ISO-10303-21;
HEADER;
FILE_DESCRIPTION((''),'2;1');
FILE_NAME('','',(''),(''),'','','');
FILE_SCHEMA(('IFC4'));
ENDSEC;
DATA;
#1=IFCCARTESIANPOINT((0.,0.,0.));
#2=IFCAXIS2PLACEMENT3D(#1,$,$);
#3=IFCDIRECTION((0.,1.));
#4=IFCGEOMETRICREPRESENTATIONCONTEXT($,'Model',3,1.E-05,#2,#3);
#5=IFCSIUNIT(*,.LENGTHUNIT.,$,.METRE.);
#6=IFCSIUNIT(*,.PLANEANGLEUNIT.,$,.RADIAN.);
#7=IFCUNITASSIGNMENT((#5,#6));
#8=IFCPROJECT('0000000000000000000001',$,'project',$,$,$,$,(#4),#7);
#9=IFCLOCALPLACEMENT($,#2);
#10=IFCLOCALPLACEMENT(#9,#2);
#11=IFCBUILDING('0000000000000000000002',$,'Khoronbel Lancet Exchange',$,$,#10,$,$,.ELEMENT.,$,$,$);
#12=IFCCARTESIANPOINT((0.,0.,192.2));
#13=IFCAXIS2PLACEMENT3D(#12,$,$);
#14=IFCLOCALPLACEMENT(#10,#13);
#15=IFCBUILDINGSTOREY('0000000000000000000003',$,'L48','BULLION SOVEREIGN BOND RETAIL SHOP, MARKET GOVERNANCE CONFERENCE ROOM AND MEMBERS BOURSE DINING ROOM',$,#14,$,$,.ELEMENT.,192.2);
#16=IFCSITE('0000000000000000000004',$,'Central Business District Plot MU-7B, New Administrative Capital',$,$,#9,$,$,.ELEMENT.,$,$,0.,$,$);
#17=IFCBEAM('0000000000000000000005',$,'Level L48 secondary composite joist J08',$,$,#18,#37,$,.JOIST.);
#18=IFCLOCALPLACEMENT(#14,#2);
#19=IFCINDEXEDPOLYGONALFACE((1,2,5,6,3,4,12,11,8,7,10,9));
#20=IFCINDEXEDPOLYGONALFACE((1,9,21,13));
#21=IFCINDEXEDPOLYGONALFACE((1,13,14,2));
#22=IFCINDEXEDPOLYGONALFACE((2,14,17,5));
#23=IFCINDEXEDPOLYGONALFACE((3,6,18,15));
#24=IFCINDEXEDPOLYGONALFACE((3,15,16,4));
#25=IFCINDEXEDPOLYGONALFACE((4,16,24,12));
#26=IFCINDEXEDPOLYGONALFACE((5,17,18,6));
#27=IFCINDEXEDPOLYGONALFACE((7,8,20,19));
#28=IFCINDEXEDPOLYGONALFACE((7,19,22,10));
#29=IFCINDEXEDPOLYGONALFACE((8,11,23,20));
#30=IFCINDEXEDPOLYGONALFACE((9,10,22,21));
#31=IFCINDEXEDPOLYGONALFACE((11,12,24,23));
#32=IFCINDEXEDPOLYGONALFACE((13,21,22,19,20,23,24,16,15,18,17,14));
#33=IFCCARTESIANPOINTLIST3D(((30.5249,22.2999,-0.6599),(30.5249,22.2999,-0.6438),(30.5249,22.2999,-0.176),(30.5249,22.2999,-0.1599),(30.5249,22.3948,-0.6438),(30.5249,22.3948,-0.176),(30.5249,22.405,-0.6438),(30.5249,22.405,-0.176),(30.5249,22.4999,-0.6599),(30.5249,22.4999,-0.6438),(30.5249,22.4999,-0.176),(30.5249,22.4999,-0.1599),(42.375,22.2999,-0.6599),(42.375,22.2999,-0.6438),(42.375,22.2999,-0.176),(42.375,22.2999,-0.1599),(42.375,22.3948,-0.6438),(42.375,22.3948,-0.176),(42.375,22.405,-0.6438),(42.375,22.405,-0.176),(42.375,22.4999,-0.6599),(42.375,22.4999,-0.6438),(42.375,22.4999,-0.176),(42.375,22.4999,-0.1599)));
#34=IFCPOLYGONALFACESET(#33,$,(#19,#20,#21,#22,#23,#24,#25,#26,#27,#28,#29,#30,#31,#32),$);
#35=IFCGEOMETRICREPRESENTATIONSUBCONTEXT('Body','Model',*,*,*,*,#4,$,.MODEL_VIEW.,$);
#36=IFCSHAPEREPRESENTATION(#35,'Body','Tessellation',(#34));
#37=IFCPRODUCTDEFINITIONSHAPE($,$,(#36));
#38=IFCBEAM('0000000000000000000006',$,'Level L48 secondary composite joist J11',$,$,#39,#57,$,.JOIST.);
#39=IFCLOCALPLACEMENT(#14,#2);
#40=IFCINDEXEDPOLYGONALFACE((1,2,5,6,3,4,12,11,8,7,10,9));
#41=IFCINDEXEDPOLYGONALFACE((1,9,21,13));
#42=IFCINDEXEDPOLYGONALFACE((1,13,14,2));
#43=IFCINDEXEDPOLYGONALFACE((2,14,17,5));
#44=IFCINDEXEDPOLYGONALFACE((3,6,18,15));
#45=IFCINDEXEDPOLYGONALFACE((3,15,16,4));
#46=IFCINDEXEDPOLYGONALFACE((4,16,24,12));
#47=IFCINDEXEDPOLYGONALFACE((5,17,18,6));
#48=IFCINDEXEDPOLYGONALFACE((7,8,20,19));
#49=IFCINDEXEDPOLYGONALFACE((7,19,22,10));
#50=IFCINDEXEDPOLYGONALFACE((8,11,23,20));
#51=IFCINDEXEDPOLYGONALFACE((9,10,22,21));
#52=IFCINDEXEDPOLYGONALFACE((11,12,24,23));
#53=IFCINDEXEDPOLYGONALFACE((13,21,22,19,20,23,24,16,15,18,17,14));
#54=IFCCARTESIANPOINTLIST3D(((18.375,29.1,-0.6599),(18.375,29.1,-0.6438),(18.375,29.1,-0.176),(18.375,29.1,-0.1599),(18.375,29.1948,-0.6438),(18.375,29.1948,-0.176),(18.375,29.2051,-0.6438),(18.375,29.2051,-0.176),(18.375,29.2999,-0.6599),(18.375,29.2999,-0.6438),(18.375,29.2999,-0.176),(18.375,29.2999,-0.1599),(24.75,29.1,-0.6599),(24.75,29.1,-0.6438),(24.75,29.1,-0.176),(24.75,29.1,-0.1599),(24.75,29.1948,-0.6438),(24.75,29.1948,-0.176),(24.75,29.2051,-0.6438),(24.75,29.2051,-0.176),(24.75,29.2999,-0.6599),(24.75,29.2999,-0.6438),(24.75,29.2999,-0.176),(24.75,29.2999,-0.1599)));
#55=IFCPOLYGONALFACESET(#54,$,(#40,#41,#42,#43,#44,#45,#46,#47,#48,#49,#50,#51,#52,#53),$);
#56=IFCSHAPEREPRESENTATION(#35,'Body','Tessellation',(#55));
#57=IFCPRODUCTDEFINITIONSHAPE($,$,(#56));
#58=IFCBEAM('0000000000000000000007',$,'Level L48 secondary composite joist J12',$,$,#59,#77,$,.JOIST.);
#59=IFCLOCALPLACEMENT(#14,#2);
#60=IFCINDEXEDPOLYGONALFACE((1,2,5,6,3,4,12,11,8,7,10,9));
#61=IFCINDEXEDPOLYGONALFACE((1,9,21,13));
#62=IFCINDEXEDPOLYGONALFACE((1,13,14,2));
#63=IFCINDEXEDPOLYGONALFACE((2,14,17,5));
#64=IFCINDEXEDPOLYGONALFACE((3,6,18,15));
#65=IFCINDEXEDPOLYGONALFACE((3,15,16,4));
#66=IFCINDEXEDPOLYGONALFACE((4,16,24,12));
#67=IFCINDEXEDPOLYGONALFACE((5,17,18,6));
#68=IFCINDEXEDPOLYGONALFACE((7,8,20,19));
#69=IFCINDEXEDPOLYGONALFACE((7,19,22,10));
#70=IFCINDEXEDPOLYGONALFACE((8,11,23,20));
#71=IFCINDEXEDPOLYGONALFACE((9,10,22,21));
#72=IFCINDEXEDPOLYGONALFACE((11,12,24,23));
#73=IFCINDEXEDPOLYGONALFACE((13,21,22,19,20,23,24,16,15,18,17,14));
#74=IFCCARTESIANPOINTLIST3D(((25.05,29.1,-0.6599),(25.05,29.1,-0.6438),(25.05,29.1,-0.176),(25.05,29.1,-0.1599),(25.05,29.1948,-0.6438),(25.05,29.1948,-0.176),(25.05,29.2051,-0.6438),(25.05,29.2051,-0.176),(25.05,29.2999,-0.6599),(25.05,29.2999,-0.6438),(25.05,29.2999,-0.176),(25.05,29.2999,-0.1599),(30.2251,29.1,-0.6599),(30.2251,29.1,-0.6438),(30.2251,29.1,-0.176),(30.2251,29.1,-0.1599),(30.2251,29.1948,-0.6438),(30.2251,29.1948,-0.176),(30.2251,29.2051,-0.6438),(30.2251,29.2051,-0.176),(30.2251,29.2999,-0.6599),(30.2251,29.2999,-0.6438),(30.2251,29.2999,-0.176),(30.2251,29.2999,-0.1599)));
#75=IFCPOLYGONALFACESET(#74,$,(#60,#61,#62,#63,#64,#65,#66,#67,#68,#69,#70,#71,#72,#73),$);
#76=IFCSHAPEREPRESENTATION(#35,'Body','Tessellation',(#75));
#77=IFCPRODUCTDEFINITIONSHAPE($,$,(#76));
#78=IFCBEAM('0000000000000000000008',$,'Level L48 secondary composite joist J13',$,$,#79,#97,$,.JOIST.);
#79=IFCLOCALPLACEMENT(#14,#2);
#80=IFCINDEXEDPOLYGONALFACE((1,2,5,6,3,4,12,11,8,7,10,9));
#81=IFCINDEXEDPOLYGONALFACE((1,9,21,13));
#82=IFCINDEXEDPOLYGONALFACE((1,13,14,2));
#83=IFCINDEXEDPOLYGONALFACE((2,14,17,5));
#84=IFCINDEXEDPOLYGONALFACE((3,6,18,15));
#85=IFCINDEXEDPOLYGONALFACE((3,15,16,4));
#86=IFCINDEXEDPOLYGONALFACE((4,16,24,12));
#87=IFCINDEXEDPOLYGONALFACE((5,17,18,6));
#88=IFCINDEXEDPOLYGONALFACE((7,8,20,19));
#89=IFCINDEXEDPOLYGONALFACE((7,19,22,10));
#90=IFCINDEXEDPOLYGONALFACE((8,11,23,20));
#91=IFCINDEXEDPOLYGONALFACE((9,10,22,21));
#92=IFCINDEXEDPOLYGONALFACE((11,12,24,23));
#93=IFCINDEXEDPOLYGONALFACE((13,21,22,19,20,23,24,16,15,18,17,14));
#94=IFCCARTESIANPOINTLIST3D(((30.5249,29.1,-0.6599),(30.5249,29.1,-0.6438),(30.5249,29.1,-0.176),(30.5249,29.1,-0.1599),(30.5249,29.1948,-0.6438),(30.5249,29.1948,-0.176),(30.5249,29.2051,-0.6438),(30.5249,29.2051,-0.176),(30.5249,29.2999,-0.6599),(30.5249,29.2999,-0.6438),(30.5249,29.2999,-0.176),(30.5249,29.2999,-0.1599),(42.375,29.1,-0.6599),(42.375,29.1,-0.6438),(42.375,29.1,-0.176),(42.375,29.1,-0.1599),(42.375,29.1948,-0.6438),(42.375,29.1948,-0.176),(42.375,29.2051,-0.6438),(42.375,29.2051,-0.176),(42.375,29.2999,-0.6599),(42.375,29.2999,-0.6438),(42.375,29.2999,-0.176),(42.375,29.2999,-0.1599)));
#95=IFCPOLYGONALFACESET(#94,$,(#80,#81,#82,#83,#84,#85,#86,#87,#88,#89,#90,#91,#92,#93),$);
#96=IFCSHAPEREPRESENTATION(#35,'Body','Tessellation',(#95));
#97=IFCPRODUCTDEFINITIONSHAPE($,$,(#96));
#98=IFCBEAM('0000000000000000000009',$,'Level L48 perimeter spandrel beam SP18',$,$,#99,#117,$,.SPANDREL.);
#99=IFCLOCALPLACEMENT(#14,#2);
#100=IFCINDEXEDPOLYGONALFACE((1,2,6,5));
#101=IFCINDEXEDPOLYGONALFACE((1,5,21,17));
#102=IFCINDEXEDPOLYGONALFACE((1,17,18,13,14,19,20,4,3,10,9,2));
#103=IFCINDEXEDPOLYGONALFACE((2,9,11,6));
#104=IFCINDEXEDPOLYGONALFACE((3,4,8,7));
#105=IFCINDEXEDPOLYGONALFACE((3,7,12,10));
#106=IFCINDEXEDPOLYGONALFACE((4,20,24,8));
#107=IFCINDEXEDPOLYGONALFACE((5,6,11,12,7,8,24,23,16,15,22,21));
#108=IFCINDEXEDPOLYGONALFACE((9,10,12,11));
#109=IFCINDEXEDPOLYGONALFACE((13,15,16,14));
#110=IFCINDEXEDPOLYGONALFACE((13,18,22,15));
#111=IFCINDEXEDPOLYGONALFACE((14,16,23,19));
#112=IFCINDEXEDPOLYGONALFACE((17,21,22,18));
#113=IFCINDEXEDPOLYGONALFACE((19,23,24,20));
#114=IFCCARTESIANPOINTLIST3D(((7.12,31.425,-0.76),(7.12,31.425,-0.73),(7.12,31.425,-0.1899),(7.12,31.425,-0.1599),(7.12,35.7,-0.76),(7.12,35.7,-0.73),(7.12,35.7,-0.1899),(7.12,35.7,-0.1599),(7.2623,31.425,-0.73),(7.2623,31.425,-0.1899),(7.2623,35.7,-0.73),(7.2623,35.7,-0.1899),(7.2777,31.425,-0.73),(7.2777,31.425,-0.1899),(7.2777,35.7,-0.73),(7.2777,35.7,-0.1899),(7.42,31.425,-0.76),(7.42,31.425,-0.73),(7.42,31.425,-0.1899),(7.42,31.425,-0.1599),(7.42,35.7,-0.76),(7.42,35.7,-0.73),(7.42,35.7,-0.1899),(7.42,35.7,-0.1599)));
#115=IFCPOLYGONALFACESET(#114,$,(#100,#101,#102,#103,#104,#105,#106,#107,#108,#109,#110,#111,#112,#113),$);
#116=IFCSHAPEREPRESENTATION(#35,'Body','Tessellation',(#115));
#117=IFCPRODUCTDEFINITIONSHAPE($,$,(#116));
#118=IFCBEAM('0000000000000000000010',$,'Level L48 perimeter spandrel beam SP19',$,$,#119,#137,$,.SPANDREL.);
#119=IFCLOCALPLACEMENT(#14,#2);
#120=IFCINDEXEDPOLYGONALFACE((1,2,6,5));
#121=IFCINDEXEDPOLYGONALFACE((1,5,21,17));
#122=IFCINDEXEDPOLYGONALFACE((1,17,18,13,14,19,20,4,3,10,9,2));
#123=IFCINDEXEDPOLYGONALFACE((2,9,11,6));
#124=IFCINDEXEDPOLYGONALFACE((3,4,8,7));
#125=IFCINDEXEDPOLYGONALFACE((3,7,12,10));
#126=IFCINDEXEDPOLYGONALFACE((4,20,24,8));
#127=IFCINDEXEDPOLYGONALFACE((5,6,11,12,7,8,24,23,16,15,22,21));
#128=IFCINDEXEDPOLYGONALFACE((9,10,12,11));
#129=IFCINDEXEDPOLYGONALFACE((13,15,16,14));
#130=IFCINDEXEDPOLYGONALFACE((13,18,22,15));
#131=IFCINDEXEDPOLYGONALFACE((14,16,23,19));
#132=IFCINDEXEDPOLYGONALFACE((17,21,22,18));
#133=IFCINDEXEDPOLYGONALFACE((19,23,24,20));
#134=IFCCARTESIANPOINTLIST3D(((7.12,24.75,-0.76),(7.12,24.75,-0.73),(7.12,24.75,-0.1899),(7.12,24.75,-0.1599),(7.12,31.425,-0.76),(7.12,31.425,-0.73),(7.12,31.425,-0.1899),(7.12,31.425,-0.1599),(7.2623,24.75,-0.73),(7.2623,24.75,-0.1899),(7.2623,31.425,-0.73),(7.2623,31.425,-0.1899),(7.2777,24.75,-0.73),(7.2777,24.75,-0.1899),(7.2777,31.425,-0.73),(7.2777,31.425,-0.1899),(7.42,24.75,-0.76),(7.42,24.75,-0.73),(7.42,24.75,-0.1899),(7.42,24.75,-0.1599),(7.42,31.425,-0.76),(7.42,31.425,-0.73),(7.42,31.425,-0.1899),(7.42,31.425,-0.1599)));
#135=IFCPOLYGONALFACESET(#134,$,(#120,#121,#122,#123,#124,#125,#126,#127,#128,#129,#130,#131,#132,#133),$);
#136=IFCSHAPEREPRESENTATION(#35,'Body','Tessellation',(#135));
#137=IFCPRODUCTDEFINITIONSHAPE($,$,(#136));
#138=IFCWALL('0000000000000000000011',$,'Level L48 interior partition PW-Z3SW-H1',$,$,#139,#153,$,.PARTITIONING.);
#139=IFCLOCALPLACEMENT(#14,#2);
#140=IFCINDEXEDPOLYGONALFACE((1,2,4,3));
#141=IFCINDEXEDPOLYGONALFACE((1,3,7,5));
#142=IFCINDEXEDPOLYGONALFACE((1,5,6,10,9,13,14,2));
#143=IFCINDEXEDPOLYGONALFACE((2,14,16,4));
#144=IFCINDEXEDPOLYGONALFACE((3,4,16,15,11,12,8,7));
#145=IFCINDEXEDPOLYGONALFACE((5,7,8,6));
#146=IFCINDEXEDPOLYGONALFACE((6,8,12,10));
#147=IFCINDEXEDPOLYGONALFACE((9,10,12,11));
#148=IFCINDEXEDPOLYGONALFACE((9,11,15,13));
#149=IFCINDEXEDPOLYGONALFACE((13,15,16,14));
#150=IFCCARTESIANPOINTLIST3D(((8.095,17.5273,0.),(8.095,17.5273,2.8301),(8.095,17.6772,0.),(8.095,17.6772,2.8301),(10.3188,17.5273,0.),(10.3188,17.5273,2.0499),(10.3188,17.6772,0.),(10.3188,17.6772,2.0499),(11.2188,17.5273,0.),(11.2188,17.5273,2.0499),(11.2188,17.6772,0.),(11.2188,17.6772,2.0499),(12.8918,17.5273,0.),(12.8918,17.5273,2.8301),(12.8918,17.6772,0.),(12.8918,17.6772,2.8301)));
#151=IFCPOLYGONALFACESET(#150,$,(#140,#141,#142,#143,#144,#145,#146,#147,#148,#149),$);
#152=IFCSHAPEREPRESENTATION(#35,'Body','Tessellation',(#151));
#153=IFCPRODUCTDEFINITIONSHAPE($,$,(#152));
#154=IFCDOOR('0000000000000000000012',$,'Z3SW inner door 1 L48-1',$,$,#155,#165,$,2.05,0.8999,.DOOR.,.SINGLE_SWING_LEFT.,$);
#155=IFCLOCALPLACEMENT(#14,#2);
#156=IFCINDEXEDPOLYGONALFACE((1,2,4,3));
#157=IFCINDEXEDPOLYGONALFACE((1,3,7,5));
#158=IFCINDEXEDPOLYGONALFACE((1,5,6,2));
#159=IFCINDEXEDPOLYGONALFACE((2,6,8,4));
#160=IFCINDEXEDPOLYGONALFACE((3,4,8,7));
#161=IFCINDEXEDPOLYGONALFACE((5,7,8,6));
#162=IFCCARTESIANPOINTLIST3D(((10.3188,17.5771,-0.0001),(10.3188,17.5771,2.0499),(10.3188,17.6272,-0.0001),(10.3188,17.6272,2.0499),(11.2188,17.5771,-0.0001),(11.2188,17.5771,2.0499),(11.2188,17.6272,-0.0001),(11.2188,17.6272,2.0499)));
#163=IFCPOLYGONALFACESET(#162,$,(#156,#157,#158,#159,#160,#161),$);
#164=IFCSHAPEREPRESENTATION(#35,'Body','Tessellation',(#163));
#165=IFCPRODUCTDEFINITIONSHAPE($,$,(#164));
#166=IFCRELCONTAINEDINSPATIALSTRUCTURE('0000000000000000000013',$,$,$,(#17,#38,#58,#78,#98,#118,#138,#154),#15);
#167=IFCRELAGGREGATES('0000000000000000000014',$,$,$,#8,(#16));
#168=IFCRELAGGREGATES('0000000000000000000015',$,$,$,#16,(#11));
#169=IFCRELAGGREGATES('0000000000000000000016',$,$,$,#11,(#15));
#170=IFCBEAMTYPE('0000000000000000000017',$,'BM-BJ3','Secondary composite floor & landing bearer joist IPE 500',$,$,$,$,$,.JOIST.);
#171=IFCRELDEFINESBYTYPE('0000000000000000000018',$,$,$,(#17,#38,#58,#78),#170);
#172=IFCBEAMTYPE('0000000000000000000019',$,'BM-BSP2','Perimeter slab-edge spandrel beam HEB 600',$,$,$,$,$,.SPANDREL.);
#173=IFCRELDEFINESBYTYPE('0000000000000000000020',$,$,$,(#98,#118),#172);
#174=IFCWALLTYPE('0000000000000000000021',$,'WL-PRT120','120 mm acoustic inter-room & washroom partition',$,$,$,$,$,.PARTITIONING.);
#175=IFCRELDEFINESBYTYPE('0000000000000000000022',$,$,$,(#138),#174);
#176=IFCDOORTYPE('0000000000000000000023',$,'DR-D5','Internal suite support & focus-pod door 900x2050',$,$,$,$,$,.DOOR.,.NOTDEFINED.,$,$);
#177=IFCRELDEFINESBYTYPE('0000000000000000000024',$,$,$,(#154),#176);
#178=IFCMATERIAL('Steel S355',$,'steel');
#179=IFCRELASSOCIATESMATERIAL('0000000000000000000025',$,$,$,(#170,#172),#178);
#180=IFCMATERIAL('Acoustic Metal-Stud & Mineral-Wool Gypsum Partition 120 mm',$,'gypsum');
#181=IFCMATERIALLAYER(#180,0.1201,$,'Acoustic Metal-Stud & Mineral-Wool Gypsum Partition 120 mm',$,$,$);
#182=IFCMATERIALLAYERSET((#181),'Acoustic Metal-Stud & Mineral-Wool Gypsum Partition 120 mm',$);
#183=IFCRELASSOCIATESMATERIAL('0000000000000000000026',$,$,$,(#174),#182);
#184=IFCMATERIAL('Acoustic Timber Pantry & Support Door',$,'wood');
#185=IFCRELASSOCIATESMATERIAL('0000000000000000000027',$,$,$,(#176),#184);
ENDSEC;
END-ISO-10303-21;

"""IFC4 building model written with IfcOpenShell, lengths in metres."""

from ifc_helpers import new_model, si_unit, direction, frame, frame_2d, origin, origin_2d, place, context, subcontext, project, spatial, rectangle, i_section, extrude, material, layer, layer_set, material_profile, profile_set, type_object, element, fill, save


model = new_model("IFC4")

# Units and contexts
model_context = context("Model", 3, precision=1e-05, world=origin(), true_north=direction((0.0, 1.0)))
body_context = subcontext(model_context, "Body", "Model", "MODEL_VIEW")
ifc_project = project(units=[si_unit("LENGTHUNIT", "METRE"), si_unit("PLANEANGLEUNIT", "RADIAN")], contexts=[model_context])

# Site, building, storey
site_placement = place(None, origin())
site = spatial("IfcSite", under=ifc_project, at=site_placement, Name="Central Business District Plot MU-7B, New Administrative Capital", CompositionType="ELEMENT", RefElevation=0.0)
building_placement = place(site_placement, origin())
building = spatial("IfcBuilding", under=site, at=building_placement, Name="Khoronbel Lancet Exchange", CompositionType="ELEMENT")
storey_placement = place(building_placement, frame((0.0, 0.0, 192.2)))
storey = spatial("IfcBuildingStorey", under=building, at=storey_placement, Name="L48", Description="BULLION SOVEREIGN BOND RETAIL SHOP, MARKET GOVERNANCE CONFERENCE ROOM AND MEMBERS BOURSE DINING ROOM", CompositionType="ELEMENT", Elevation=192.2)

# Shared definitions
ifc_material_1 = material(Name="Steel S355", Category="steel")

# Beams
ifc_material_profile_1 = material_profile(ifc_material_1, i_section(OverallWidth=0.2, OverallDepth=0.5, WebThickness=0.0103, FlangeThickness=0.0161, at=origin_2d()), Name="IPE 500")
ifc_profile_set_1 = profile_set([ifc_material_profile_1], Name="Steel S355")
beam_type_1 = type_object("IfcBeamType", Name="BM-BJ3", Description="Secondary composite floor & landing bearer joist IPE 500", PredefinedType="JOIST", material=ifc_profile_set_1)
beam_1_placement = place(storey_placement, frame((30.5249, 22.3999, -0.4099), z_axis=(1.0, 0.0, 0.0), x_axis=(0.0, 1.0, 0.0)))
element("IfcBeam", 1, at=beam_1_placement, inside=storey, type_object=beam_type_1, Name="Level L48 secondary composite joist J08", PredefinedType="JOIST", context=body_context, shape_type="SweptSolid", body=[
    extrude(i_section(OverallWidth=0.2, OverallDepth=0.5, WebThickness=0.0103, FlangeThickness=0.0161, at=origin_2d()), origin(), (0.0, 0.0, 1.0), 11.8501),
])
beam_2_placement = place(storey_placement, frame((18.375, 29.2, -0.4099), z_axis=(1.0, 0.0, 0.0), x_axis=(0.0, 1.0, 0.0)))
element("IfcBeam", 2, at=beam_2_placement, inside=storey, type_object=beam_type_1, Name="Level L48 secondary composite joist J11", PredefinedType="JOIST", context=body_context, shape_type="SweptSolid", body=[
    extrude(i_section(OverallWidth=0.2, OverallDepth=0.5, WebThickness=0.0103, FlangeThickness=0.0161, at=origin_2d()), origin(), (0.0, 0.0, 1.0), 6.375),
])
beam_3_placement = place(storey_placement, frame((25.05, 29.2, -0.4099), z_axis=(1.0, 0.0, 0.0), x_axis=(0.0, 1.0, 0.0)))
element("IfcBeam", 3, at=beam_3_placement, inside=storey, type_object=beam_type_1, Name="Level L48 secondary composite joist J12", PredefinedType="JOIST", context=body_context, shape_type="SweptSolid", body=[
    extrude(i_section(OverallWidth=0.2, OverallDepth=0.5, WebThickness=0.0103, FlangeThickness=0.0161, at=origin_2d()), origin(), (0.0, 0.0, 1.0), 5.175),
])
beam_4_placement = place(storey_placement, frame((30.5249, 29.2, -0.4099), z_axis=(1.0, 0.0, 0.0), x_axis=(0.0, 1.0, 0.0)))
element("IfcBeam", 4, at=beam_4_placement, inside=storey, type_object=beam_type_1, Name="Level L48 secondary composite joist J13", PredefinedType="JOIST", context=body_context, shape_type="SweptSolid", body=[
    extrude(i_section(OverallWidth=0.2, OverallDepth=0.5, WebThickness=0.0103, FlangeThickness=0.0161, at=origin_2d()), origin(), (0.0, 0.0, 1.0), 11.8501),
])
ifc_material_profile_2 = material_profile(ifc_material_1, i_section(OverallWidth=0.3, OverallDepth=0.6001, WebThickness=0.0154, FlangeThickness=0.03, at=origin_2d()), Name="HEB 600")
ifc_profile_set_2 = profile_set([ifc_material_profile_2], Name="Steel S355")
beam_type_2 = type_object("IfcBeamType", Name="BM-BSP2", Description="Perimeter slab-edge spandrel beam HEB 600", PredefinedType="SPANDREL", material=ifc_profile_set_2)
beam_5_placement = place(storey_placement, frame((7.27, 35.7, -0.46), z_axis=(0.0, -1.0, 0.0), x_axis=(1.0, 0.0, 0.0)))
element("IfcBeam", 5, at=beam_5_placement, inside=storey, type_object=beam_type_2, Name="Level L48 perimeter spandrel beam SP18", PredefinedType="SPANDREL", context=body_context, shape_type="SweptSolid", body=[
    extrude(i_section(OverallWidth=0.3, OverallDepth=0.6001, WebThickness=0.0154, FlangeThickness=0.03, at=origin_2d()), origin(), (0.0, 0.0, 1.0), 4.2749),
])
beam_6_placement = place(storey_placement, frame((7.27, 31.425, -0.46), z_axis=(0.0, -1.0, 0.0), x_axis=(1.0, 0.0, 0.0)))
element("IfcBeam", 6, at=beam_6_placement, inside=storey, type_object=beam_type_2, Name="Level L48 perimeter spandrel beam SP19", PredefinedType="SPANDREL", context=body_context, shape_type="SweptSolid", body=[
    extrude(i_section(OverallWidth=0.3, OverallDepth=0.6001, WebThickness=0.0154, FlangeThickness=0.03, at=origin_2d()), origin(), (0.0, 0.0, 1.0), 6.675),
])

# Wall, opening, door
ifc_material_2 = material(Name="Acoustic Metal-Stud & Mineral-Wool Gypsum Partition 120 mm", Category="gypsum")
ifc_layer_1 = layer(ifc_material_2, 0.1201, Name="Acoustic Metal-Stud & Mineral-Wool Gypsum Partition 120 mm")
ifc_layer_set_1 = layer_set([ifc_layer_1], Name="Acoustic Metal-Stud & Mineral-Wool Gypsum Partition 120 mm")
wall_type_1 = type_object("IfcWallType", Name="WL-PRT120", Description="120 mm acoustic inter-room & washroom partition", PredefinedType="PARTITIONING", material=ifc_layer_set_1)
wall_1_placement = place(storey_placement, frame((8.095, 17.6023, 0.0), z_axis=(0.0, 0.0, 1.0), x_axis=(1.0, 0.0, 0.0)))
wall_1 = element("IfcWall", 7, at=wall_1_placement, inside=storey, type_object=wall_type_1, Name="Level L48 interior partition PW-Z3SW-H1", PredefinedType="PARTITIONING", context=body_context, shape_type="SweptSolid", body=[
    extrude(rectangle(XDim=4.7969, YDim=0.1499, at=frame_2d((2.3984, 0.0))), origin(), (0.0, 0.0, 1.0), 2.8301),
])
opening_1_placement = place(wall_1_placement, frame((2.2239, 0.0, 0.0)))
opening_1 = element("IfcOpeningElement", 8, at=opening_1_placement, cuts=wall_1, PredefinedType="OPENING", context=body_context, shape_type="SweptSolid", body=[
    extrude(rectangle(XDim=0.8999, YDim=2.05, at=frame_2d((0.45, 1.0249))), frame((0.0, 0.085, 0.0), z_axis=(0.0, -1.0, 0.0), x_axis=(1.0, 0.0, 0.0)), (0.0, 0.0, 1.0), 0.1699),
])
ifc_material_3 = material(Name="Acoustic Timber Pantry & Support Door", Category="wood")
door_type_1 = type_object("IfcDoorType", Name="DR-D5", Description="Internal suite support & focus-pod door 900x2050", OperationType="NOTDEFINED", PredefinedType="DOOR", material=ifc_material_3)
door_1_placement = place(opening_1_placement, origin())
door_1 = element("IfcDoor", 9, at=door_1_placement, inside=storey, type_object=door_type_1, Name="Z3SW inner door 1 L48-1", OperationType="SINGLE_SWING_LEFT", OverallHeight=2.05, OverallWidth=0.8999, PredefinedType="DOOR", context=body_context, shape_type="SweptSolid", body=[
    extrude(rectangle(XDim=0.8999, YDim=2.05, at=frame_2d((0.45, 1.0249))), frame((0.0, 0.0249, 0.0), z_axis=(0.0, -1.0, 0.0), x_axis=(1.0, 0.0, 0.0)), (0.0, 0.0, 1.0), 0.05),
])
fill(opening_1, door_1)

save(model, "model.ifc")
